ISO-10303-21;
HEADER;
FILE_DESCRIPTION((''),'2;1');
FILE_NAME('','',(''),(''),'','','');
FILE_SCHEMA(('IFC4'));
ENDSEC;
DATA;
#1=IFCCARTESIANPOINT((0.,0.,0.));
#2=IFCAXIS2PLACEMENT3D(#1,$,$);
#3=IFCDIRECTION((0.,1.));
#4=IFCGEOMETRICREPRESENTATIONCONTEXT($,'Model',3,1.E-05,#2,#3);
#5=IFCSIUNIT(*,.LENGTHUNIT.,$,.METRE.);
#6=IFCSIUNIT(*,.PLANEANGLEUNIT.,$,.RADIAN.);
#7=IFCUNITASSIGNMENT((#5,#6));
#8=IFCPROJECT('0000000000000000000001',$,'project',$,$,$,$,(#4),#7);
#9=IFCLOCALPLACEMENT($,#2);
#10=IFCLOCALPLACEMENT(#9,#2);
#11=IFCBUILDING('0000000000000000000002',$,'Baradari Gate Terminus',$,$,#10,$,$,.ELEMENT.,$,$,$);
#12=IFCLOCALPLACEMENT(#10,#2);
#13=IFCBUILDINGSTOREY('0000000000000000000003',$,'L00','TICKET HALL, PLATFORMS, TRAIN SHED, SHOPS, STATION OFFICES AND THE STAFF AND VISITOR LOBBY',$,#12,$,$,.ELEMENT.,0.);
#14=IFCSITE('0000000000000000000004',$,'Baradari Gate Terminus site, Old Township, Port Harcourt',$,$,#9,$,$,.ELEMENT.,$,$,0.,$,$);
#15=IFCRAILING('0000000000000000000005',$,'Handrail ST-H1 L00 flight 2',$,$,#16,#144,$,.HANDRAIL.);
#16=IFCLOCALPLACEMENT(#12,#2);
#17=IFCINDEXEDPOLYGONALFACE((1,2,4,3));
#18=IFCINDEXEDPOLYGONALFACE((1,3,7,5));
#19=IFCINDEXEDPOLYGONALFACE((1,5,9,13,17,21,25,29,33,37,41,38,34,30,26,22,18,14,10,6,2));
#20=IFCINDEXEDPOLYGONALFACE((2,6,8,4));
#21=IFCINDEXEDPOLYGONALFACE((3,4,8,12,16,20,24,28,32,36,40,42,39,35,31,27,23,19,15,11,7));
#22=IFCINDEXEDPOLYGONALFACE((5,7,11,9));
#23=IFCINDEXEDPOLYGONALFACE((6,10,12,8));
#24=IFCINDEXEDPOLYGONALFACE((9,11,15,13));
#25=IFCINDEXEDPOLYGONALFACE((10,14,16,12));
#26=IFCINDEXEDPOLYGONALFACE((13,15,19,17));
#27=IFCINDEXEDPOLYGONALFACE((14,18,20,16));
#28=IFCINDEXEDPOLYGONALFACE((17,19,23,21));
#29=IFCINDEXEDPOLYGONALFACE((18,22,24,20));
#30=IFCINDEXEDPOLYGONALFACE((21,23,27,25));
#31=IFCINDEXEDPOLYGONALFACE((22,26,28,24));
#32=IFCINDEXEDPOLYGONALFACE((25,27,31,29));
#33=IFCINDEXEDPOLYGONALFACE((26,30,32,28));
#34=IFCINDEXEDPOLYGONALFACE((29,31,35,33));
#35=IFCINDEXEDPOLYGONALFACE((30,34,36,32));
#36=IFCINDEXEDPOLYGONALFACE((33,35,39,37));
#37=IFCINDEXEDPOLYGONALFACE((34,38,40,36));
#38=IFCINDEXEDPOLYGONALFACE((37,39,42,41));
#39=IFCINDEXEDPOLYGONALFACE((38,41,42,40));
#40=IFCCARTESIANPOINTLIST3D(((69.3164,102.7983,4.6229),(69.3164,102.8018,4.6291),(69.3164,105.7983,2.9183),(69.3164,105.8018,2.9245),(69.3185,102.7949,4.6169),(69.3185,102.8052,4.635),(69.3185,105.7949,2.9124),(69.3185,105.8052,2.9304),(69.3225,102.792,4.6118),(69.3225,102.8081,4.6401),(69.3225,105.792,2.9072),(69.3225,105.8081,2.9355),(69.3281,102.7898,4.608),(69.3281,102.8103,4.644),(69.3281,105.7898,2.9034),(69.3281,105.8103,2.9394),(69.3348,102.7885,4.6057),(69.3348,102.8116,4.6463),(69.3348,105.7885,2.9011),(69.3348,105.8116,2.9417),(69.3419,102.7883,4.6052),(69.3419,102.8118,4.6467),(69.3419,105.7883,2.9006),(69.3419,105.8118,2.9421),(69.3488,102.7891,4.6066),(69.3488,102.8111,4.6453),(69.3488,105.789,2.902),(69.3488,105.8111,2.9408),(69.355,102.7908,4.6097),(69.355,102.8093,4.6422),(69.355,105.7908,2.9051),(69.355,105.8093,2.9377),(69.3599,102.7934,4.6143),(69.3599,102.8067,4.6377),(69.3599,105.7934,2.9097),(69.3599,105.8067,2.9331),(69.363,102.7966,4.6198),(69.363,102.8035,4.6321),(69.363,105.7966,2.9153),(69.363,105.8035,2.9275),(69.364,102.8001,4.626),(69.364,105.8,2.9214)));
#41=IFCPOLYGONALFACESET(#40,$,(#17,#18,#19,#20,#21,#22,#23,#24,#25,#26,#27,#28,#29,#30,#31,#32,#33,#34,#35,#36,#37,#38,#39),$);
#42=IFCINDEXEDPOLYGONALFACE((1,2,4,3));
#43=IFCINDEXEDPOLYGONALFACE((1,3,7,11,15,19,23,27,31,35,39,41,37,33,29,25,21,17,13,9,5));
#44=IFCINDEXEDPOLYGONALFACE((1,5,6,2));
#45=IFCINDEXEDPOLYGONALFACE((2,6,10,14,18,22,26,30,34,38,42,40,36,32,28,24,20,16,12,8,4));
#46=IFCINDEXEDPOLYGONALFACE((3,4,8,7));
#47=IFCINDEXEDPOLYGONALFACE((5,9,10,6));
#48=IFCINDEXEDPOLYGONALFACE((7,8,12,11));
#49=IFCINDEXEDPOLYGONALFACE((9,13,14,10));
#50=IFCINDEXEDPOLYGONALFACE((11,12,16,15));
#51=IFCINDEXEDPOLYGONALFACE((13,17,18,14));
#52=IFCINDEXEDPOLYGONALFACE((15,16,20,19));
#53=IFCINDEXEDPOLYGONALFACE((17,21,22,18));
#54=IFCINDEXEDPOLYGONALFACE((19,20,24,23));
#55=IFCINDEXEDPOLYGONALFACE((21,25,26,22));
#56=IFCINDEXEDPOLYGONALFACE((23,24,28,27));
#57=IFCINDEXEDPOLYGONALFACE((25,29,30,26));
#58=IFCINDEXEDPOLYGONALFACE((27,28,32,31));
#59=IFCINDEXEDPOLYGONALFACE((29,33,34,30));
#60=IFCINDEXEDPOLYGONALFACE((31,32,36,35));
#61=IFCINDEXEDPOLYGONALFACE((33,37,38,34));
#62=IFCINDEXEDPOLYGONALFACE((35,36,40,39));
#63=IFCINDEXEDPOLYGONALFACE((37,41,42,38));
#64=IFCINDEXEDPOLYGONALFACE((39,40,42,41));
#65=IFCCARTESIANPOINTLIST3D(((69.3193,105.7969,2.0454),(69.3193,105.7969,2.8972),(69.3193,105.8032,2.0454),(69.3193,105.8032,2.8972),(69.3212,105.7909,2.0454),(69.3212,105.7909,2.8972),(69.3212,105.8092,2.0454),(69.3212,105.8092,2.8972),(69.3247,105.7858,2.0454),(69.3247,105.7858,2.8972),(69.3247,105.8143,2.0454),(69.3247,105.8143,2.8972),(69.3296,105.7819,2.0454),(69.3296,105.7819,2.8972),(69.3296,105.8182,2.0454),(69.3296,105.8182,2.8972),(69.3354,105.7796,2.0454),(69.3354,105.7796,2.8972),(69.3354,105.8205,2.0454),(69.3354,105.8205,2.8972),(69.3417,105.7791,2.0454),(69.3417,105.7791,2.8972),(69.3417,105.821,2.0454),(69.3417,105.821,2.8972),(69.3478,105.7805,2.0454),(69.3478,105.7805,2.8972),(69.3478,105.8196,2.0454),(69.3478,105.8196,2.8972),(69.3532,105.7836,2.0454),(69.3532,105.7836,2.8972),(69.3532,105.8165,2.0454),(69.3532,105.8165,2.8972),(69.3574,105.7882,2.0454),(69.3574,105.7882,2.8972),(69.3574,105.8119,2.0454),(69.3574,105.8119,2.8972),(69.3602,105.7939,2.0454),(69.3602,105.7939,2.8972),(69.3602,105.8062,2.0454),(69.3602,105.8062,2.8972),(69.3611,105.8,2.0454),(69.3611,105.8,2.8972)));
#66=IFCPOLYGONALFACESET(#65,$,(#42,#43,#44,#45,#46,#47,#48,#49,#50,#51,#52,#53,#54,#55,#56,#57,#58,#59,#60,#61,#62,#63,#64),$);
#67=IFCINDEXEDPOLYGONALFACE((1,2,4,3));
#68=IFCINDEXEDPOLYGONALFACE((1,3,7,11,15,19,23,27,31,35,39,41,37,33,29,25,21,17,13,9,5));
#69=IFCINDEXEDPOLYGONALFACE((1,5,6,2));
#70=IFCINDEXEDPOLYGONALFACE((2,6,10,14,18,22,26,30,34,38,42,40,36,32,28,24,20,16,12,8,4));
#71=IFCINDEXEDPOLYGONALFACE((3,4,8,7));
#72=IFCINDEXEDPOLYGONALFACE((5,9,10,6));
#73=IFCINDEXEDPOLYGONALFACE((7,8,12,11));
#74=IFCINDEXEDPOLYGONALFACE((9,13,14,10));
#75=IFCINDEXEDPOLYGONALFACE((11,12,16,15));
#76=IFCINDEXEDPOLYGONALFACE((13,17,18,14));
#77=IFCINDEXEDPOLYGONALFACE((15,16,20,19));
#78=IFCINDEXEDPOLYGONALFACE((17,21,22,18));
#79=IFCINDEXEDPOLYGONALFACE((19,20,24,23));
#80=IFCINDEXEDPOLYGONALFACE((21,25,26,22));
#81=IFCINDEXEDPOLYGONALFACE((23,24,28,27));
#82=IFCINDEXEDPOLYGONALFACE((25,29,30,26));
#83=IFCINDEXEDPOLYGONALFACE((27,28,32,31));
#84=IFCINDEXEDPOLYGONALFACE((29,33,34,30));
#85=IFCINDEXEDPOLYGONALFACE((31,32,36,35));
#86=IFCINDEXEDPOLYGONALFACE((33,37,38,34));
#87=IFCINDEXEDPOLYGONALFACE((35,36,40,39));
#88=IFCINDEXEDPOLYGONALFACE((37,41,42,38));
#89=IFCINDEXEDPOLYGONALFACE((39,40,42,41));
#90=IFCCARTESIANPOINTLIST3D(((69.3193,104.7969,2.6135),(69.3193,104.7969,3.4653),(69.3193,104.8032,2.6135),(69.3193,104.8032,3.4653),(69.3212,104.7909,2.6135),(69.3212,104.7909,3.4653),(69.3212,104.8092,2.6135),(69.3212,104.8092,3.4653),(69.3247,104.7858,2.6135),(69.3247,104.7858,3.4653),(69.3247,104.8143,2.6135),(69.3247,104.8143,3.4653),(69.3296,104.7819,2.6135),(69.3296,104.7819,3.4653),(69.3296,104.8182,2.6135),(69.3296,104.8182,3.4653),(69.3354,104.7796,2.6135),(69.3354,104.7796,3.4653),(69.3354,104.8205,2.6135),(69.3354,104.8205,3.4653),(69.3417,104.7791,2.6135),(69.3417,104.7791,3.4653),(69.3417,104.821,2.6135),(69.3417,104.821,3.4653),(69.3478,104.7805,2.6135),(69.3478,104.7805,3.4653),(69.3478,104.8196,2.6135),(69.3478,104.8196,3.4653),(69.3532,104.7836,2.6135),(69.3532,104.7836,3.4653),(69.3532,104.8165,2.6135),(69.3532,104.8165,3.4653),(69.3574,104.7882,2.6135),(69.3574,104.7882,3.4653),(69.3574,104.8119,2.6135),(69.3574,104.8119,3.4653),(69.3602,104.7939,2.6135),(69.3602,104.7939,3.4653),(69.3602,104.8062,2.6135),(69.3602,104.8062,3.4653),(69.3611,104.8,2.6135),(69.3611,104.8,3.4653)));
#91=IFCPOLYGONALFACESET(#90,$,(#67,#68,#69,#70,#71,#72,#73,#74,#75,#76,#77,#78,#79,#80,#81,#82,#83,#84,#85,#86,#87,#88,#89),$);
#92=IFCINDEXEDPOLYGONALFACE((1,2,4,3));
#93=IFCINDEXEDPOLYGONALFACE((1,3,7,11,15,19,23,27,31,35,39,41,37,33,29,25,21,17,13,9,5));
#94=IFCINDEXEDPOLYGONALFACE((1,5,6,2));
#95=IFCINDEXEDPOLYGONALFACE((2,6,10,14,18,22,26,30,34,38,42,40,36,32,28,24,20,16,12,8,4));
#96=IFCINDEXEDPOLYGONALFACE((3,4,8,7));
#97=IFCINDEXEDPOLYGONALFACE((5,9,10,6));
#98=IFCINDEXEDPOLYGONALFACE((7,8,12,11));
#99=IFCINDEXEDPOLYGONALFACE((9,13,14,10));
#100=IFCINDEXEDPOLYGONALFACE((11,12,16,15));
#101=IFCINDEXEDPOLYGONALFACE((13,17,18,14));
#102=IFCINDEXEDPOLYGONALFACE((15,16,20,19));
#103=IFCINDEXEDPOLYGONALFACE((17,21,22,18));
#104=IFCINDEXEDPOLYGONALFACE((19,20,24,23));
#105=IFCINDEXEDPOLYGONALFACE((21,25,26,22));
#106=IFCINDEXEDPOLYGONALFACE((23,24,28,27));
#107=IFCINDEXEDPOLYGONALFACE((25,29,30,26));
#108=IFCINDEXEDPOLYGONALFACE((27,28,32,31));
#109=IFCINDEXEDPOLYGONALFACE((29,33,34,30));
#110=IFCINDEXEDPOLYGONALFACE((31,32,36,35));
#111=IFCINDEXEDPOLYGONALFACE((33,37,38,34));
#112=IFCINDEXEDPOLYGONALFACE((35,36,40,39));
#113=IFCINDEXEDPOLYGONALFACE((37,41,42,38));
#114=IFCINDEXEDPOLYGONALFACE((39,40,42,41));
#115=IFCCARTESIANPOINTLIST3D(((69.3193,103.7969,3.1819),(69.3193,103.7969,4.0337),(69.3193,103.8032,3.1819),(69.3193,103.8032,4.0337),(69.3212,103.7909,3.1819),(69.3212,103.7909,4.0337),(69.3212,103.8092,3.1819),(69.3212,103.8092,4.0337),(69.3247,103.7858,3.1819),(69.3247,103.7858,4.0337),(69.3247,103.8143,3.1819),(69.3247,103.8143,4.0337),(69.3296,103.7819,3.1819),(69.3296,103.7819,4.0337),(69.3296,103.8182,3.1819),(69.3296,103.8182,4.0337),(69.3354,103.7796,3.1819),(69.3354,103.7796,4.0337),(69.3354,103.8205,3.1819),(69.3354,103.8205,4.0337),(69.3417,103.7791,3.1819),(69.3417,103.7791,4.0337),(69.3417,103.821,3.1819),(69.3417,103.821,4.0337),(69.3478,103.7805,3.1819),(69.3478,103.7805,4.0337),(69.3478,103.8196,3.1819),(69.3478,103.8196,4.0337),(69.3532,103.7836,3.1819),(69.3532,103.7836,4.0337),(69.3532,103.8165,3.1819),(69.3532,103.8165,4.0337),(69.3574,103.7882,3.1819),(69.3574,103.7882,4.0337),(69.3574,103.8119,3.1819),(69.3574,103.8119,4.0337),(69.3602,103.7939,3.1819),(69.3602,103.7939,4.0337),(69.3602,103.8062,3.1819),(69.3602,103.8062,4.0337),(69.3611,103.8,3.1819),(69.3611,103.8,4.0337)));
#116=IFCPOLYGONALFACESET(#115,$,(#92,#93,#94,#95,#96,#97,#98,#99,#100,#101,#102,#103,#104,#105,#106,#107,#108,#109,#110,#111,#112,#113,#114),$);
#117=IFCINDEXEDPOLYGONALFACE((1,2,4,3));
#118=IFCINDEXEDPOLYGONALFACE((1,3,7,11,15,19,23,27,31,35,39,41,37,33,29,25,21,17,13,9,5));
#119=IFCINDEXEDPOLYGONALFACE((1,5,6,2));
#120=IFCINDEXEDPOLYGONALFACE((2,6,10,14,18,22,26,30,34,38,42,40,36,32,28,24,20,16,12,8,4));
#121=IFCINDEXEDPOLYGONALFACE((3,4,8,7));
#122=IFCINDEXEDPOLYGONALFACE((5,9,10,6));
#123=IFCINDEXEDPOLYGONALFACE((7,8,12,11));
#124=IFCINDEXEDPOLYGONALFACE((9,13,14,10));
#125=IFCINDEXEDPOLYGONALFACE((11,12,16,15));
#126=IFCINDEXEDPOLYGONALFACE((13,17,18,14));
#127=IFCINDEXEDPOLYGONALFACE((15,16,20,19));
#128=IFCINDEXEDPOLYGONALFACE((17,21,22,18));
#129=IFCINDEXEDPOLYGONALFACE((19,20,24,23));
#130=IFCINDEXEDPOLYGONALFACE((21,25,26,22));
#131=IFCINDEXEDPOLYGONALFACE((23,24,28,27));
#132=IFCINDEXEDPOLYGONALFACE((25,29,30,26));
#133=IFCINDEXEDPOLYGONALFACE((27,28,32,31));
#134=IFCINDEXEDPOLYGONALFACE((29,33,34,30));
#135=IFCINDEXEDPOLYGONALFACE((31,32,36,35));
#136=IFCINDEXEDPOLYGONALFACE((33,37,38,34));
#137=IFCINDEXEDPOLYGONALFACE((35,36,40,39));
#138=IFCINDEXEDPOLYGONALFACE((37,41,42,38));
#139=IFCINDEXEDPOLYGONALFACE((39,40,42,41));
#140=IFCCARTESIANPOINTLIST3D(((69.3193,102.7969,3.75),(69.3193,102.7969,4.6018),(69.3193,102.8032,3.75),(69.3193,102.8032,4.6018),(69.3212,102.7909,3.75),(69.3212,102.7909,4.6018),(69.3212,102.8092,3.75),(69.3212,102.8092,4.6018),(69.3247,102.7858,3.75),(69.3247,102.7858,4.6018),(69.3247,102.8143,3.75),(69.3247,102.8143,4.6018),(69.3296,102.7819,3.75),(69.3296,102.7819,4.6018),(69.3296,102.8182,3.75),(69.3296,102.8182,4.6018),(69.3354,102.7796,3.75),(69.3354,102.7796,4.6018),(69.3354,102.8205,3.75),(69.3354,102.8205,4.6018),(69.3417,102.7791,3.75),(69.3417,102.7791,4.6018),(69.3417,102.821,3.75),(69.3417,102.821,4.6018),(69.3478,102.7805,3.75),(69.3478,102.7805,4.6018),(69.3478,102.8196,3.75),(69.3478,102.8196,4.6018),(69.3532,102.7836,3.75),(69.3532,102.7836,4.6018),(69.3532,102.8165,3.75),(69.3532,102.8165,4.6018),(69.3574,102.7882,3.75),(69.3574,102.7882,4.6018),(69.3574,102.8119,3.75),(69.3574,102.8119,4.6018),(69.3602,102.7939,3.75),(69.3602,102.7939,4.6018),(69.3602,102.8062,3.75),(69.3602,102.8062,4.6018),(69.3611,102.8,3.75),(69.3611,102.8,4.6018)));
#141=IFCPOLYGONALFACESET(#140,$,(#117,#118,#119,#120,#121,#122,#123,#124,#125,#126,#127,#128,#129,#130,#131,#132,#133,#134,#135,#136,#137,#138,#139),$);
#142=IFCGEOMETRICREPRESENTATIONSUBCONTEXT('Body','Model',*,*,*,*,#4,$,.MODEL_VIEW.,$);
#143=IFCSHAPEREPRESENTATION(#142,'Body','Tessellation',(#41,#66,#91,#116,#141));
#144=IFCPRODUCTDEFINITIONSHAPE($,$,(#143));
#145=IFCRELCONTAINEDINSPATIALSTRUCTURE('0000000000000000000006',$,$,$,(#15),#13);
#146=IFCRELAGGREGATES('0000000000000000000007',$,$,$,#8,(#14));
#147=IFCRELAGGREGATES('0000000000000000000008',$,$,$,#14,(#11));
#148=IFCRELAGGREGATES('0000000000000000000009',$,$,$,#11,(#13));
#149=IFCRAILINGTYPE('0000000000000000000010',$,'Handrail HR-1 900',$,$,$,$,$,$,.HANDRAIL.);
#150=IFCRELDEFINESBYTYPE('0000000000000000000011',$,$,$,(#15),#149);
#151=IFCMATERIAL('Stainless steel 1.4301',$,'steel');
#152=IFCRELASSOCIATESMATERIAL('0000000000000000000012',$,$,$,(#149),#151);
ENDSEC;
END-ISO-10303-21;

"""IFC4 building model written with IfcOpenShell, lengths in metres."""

from ifc_helpers import new_model, si_unit, direction, frame, origin, origin_2d, place, context, subcontext, project, spatial, circle, extrude, material, type_object, element, save


model = new_model("IFC4")

# Units and contexts
model_context = context("Model", 3, precision=1e-05, world=origin(), true_north=direction((0.0, 1.0)))
body_context = subcontext(model_context, "Body", "Model", "MODEL_VIEW")
ifc_project = project(units=[si_unit("LENGTHUNIT", "METRE"), si_unit("PLANEANGLEUNIT", "RADIAN")], contexts=[model_context])

# Site, building, storey
site_placement = place(None, origin())
site = spatial("IfcSite", under=ifc_project, at=site_placement, Name="Baradari Gate Terminus site, Old Township, Port Harcourt", CompositionType="ELEMENT", RefElevation=0.0)
building_placement = place(site_placement, origin())
building = spatial("IfcBuilding", under=site, at=building_placement, Name="Baradari Gate Terminus", CompositionType="ELEMENT")
storey_placement = place(building_placement, origin())
storey = spatial("IfcBuildingStorey", under=building, at=storey_placement, Name="L00", Description="TICKET HALL, PLATFORMS, TRAIN SHED, SHOPS, STATION OFFICES AND THE STAFF AND VISITOR LOBBY", CompositionType="ELEMENT", Elevation=0.0)

# Railing
ifc_material_1 = material(Name="Stainless steel 1.4301", Category="steel")
railing_type_1 = type_object("IfcRailingType", Name="Handrail HR-1 900", PredefinedType="HANDRAIL", material=ifc_material_1)
for number, where, name in (
    (1, (69.3401, 105.8, 2.0454), "Handrail ST-H1 L00 flight 2"),
):
    element("IfcRailing", number, at=place(storey_placement, frame(where)), inside=storey, type_object=railing_type_1, Name=name, PredefinedType="HANDRAIL", context=body_context, shape_type="SweptSolid", body=[
        extrude(circle(Radius=0.0239, at=origin_2d()), frame((0.0, 0.0, 0.876), z_axis=(0.0, -0.869451, 0.494019), x_axis=(1.0, 0.0, 0.0)), (0.0, 0.0, 1.0), 3.4504),
        extrude(circle(Radius=0.021, at=origin_2d()), origin(), (0.0, 0.0, 1.0), 0.8518),
        extrude(circle(Radius=0.021, at=origin_2d()), frame((0.0, -1.0, 0.5681)), (0.0, 0.0, 1.0), 0.8518),
        extrude(circle(Radius=0.021, at=origin_2d()), frame((0.0, -2.0, 1.1365)), (0.0, 0.0, 1.0), 0.8518),
        extrude(circle(Radius=0.021, at=origin_2d()), frame((0.0, -3.0, 1.7046)), (0.0, 0.0, 1.0), 0.8518),
    ])

save(model, "model.ifc")
